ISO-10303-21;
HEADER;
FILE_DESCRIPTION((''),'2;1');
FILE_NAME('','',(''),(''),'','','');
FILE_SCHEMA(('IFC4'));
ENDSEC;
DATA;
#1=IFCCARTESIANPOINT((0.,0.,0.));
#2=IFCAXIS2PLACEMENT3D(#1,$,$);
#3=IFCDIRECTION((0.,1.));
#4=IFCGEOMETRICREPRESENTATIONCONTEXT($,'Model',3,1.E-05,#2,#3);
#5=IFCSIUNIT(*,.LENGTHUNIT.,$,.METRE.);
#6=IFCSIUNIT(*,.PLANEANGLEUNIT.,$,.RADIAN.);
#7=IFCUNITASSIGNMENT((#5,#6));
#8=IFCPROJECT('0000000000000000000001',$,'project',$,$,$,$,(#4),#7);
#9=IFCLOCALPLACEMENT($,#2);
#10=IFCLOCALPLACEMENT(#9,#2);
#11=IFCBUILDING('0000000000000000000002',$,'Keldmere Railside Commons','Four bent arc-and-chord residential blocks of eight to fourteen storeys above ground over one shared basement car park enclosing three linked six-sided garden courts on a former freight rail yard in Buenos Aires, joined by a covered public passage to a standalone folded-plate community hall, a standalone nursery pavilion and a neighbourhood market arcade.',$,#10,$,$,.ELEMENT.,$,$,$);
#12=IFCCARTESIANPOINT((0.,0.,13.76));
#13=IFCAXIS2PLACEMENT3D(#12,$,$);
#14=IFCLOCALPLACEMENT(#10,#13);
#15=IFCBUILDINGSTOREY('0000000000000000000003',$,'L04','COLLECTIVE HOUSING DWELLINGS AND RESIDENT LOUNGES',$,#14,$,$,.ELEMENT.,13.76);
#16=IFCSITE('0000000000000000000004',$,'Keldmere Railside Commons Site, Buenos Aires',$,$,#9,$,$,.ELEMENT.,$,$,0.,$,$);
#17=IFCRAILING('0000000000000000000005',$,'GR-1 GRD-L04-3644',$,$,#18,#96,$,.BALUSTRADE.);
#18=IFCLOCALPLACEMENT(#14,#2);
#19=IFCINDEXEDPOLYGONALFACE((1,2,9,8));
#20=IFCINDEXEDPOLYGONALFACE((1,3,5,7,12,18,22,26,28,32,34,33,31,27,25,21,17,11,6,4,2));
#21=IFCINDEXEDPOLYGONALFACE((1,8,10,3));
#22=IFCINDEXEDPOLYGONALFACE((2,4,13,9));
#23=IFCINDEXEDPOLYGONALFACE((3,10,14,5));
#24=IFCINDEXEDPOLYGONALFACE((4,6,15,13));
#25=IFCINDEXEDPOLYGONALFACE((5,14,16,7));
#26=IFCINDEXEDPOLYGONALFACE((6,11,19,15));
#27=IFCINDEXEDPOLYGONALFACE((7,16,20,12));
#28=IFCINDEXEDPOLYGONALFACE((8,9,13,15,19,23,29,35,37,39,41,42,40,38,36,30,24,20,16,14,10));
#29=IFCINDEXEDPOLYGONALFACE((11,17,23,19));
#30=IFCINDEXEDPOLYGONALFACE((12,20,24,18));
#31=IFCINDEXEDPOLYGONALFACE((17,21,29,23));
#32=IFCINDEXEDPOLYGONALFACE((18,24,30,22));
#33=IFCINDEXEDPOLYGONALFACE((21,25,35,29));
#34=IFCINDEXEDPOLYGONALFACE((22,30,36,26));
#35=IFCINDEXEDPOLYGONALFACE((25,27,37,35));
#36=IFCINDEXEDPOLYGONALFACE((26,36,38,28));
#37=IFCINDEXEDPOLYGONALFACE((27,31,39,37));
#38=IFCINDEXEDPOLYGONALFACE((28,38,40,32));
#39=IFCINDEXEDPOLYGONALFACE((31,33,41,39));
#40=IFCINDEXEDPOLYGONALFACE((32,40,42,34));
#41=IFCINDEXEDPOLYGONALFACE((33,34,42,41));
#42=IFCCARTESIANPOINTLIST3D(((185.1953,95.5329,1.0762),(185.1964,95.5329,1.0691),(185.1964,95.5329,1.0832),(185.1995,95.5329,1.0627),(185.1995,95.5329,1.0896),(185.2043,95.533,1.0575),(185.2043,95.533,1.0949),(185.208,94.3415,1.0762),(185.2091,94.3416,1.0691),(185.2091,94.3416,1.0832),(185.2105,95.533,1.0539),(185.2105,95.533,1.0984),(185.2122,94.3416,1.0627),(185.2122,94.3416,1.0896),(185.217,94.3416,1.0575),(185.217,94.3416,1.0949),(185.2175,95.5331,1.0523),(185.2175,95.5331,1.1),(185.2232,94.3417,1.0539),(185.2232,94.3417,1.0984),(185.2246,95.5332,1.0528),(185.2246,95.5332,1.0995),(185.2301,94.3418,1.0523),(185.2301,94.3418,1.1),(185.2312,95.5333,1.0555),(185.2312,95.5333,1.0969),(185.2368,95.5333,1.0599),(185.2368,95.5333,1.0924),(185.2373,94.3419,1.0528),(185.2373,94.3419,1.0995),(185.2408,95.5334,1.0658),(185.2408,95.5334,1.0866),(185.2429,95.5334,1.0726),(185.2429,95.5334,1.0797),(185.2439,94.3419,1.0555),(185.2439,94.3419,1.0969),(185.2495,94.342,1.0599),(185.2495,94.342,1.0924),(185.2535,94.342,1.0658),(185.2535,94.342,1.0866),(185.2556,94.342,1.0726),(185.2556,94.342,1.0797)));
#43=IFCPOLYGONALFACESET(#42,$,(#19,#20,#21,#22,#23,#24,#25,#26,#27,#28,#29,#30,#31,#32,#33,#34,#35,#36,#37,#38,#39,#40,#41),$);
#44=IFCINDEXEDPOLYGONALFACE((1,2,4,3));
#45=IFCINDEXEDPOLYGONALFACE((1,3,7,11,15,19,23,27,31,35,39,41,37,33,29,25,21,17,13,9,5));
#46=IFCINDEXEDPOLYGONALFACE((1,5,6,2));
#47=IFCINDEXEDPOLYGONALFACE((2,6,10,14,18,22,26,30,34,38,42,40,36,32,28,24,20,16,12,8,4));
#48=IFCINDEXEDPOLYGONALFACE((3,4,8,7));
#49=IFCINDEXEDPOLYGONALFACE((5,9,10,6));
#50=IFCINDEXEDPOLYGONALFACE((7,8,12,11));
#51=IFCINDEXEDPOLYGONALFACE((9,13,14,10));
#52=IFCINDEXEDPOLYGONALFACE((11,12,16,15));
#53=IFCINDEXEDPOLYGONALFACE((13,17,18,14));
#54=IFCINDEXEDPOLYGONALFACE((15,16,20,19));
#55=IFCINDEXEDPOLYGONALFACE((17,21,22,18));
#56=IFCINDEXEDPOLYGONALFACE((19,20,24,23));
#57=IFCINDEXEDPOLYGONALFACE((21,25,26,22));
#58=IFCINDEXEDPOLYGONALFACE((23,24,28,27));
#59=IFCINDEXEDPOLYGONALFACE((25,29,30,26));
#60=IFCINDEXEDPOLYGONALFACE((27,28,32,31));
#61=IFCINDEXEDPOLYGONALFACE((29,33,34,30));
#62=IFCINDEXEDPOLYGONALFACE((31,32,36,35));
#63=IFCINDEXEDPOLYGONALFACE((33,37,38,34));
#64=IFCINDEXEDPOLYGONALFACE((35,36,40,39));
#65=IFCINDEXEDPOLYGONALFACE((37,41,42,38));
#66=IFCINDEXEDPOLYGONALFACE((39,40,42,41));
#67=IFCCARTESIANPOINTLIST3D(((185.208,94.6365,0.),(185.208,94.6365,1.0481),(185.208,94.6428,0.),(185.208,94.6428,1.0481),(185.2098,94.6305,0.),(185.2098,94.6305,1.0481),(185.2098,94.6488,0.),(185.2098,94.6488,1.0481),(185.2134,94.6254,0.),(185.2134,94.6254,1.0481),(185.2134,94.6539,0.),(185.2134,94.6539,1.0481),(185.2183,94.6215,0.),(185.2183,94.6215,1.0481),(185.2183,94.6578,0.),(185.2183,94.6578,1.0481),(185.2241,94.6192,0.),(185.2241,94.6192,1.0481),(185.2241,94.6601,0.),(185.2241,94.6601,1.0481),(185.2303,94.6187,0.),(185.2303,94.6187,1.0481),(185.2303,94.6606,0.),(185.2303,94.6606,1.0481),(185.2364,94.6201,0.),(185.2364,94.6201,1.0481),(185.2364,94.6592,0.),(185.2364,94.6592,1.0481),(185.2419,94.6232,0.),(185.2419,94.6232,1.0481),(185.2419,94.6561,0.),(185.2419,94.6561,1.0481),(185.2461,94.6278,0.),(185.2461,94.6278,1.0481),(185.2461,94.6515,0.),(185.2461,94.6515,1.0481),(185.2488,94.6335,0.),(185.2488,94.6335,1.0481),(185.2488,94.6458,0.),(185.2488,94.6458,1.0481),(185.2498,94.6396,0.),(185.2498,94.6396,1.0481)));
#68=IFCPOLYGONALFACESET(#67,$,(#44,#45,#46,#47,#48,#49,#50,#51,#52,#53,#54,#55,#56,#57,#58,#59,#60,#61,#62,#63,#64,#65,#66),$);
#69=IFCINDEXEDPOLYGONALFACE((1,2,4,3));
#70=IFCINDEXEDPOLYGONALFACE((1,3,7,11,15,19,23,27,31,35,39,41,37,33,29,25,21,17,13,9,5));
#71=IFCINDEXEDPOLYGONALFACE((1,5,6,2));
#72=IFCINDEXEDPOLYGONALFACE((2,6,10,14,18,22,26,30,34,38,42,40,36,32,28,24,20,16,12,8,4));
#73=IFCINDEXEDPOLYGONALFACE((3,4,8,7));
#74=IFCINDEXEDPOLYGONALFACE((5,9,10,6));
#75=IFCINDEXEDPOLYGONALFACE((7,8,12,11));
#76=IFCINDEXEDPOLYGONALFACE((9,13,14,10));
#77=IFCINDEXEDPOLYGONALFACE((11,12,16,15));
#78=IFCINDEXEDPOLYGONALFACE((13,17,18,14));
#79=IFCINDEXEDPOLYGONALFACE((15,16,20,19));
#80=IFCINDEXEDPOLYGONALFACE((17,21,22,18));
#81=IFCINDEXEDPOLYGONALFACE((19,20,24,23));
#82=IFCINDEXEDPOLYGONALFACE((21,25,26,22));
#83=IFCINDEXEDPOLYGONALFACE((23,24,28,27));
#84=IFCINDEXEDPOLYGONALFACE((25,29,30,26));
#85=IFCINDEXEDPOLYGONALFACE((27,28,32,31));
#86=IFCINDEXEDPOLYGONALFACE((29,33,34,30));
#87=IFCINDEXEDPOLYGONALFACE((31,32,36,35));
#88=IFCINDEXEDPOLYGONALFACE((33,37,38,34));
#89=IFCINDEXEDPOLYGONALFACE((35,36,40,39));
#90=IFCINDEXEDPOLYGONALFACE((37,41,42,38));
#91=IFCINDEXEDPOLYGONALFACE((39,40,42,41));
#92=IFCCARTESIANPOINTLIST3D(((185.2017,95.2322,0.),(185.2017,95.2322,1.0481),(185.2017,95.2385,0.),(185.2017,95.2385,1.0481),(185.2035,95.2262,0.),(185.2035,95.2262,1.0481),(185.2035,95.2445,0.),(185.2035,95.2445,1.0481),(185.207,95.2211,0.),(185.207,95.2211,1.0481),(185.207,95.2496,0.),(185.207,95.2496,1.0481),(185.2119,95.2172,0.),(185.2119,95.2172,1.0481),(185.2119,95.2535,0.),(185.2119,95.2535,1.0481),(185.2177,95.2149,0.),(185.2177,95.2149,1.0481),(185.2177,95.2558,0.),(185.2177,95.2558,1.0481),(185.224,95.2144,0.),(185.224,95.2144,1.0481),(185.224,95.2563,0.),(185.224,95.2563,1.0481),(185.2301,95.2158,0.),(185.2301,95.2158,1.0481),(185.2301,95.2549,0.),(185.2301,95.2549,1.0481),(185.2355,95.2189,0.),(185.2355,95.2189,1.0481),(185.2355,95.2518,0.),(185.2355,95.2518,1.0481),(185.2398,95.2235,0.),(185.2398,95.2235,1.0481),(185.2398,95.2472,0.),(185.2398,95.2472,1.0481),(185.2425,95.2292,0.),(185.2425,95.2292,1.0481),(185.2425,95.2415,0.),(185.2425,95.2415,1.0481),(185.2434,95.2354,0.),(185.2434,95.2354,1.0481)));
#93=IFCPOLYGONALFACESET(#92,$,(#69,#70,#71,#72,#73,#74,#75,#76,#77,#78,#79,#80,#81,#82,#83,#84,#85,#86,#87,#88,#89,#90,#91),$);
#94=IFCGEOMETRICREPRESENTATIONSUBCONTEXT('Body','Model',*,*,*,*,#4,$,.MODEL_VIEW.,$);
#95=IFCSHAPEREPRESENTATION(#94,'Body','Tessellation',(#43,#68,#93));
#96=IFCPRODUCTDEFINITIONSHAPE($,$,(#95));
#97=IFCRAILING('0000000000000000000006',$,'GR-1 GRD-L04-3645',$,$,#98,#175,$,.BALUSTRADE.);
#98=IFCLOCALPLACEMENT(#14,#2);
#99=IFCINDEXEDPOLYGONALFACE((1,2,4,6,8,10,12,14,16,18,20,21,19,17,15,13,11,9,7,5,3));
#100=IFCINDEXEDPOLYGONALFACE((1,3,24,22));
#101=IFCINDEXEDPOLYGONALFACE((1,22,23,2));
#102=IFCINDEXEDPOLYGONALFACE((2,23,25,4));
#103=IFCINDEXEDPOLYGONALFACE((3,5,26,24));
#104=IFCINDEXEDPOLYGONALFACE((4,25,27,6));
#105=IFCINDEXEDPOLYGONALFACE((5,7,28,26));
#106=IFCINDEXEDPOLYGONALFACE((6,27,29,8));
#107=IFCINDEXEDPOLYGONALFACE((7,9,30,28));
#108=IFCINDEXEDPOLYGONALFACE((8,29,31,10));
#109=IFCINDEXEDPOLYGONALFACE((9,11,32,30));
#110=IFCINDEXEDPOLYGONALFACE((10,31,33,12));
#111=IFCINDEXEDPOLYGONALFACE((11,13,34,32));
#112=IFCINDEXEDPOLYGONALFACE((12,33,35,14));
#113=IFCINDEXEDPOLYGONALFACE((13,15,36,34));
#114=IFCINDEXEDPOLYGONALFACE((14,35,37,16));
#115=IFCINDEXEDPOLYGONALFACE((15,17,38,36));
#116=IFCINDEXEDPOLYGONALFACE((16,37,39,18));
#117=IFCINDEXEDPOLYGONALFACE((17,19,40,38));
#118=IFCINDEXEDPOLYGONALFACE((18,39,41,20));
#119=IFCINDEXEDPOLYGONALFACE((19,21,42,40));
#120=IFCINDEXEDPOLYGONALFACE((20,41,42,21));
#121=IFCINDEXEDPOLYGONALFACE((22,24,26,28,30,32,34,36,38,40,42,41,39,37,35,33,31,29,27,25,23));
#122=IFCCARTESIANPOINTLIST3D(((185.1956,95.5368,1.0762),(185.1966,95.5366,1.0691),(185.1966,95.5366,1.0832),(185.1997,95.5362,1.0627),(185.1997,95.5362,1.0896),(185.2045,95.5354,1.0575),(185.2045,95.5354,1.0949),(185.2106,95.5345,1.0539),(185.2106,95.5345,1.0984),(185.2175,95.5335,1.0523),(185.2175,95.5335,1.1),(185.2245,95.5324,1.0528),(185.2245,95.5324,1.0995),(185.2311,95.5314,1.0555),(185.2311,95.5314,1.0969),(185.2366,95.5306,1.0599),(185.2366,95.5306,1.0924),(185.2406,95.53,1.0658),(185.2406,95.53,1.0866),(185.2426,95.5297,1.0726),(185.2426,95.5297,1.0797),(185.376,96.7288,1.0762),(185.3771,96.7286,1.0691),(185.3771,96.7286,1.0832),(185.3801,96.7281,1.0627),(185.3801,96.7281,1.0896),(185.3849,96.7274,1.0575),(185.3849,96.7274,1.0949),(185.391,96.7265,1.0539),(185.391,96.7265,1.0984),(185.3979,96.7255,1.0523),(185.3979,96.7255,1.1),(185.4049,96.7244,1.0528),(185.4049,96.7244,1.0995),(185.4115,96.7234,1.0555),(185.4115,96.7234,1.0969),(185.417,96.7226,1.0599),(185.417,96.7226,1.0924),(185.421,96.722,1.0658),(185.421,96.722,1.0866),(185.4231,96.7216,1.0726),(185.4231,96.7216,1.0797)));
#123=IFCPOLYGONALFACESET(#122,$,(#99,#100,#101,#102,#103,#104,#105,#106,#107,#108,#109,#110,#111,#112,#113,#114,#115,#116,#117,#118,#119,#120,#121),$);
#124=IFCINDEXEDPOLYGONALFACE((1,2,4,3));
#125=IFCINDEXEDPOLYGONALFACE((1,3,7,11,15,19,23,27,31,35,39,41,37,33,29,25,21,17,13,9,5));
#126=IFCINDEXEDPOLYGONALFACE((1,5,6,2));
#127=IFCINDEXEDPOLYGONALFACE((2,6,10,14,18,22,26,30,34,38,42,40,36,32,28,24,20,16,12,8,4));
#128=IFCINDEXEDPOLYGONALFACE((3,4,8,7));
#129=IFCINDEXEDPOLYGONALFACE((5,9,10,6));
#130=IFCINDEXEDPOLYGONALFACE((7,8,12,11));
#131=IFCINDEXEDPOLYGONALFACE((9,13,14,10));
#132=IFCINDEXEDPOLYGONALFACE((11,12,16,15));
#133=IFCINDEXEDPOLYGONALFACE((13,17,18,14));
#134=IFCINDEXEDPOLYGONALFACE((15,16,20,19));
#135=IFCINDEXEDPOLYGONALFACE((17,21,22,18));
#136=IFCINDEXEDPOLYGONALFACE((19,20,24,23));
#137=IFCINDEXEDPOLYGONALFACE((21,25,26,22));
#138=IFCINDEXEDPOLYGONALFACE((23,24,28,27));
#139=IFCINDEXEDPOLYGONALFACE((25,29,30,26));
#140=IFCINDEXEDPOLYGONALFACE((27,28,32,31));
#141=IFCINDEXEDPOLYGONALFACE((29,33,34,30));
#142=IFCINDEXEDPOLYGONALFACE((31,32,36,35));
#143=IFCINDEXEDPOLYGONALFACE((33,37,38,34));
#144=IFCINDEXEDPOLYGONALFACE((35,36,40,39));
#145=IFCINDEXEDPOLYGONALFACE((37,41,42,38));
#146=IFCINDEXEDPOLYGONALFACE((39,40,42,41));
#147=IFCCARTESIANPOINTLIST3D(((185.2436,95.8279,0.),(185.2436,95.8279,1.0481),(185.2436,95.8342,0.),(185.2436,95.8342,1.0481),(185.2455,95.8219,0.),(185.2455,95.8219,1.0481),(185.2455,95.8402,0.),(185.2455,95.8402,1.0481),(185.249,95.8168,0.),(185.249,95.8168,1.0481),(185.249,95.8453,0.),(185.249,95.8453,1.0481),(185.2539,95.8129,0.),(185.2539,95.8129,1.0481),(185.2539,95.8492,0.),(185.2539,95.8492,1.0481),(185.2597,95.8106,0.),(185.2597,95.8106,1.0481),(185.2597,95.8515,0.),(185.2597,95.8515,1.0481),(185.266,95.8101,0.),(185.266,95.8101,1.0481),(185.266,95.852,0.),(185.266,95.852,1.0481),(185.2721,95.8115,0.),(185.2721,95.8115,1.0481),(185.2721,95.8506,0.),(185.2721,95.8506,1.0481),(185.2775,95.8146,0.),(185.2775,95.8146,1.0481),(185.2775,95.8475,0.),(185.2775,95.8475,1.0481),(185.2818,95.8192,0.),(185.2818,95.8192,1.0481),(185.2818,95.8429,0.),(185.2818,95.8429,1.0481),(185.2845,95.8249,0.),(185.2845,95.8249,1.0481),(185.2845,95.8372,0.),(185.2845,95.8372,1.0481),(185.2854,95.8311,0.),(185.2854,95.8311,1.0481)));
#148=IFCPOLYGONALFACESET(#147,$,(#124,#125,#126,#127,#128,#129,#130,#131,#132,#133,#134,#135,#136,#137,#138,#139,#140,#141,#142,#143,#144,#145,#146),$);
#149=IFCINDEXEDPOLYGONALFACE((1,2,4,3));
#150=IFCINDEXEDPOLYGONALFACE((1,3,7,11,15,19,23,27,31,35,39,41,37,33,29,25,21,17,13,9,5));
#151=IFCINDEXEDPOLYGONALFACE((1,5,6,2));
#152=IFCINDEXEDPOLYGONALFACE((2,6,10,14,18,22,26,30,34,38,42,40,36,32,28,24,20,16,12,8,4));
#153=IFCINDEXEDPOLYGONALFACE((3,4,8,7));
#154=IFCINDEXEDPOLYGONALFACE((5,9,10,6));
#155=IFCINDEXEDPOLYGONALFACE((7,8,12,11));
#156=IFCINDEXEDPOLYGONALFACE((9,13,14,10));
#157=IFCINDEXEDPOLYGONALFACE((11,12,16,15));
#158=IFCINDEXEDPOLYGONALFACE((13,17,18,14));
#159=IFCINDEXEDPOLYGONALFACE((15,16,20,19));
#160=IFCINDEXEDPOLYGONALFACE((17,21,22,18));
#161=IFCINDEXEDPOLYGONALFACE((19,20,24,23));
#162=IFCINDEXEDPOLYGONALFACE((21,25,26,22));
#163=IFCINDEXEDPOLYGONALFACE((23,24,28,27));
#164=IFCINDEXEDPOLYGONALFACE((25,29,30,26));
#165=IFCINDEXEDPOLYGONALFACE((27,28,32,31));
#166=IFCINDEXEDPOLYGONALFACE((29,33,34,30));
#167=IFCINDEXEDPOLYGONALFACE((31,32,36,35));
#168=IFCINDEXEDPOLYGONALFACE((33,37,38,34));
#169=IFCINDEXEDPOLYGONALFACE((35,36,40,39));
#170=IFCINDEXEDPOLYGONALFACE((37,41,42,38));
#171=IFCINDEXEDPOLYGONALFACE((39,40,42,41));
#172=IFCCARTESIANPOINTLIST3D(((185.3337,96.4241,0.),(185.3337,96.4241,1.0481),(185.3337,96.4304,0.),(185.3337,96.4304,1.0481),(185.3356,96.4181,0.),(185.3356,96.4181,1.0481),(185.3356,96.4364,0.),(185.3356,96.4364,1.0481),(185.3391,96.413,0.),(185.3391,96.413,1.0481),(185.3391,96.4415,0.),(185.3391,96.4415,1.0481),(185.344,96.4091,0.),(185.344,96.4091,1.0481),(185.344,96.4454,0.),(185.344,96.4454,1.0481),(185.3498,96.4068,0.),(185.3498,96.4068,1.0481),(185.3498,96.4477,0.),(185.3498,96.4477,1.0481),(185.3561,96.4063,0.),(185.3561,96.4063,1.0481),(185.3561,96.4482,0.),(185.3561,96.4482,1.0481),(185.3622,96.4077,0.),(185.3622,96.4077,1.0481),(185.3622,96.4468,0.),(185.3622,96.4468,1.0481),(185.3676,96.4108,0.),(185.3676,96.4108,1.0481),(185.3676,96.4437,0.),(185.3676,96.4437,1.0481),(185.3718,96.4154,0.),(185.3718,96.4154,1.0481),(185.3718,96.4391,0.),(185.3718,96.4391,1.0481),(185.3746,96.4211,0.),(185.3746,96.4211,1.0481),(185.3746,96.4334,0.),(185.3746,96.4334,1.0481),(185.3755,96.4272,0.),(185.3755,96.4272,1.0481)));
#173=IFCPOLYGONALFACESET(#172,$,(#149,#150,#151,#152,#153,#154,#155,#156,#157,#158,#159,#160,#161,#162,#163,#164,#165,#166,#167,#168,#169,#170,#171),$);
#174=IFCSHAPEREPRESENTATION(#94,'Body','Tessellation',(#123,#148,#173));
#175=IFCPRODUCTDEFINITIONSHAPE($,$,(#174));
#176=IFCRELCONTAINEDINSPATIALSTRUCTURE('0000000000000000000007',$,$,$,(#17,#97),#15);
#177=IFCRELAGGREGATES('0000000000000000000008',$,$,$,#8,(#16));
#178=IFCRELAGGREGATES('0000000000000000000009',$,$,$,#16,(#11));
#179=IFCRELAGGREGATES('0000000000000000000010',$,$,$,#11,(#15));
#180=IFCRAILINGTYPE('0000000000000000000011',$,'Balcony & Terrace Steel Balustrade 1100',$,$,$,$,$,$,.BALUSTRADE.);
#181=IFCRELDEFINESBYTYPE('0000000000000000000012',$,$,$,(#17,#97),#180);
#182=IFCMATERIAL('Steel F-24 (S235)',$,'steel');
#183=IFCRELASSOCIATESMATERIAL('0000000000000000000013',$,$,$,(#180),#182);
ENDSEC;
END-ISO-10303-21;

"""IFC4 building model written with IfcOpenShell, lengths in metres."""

from ifc_helpers import new_model, si_unit, direction, frame, origin, origin_2d, place, context, subcontext, project, spatial, circle, extrude, material, type_object, element, save


model = new_model("IFC4")

# Units and contexts
model_context = context("Model", 3, precision=1e-05, world=origin(), true_north=direction((0.0, 1.0)))
body_context = subcontext(model_context, "Body", "Model", "MODEL_VIEW")
ifc_project = project(units=[si_unit("LENGTHUNIT", "METRE"), si_unit("PLANEANGLEUNIT", "RADIAN")], contexts=[model_context])

# Site, building, storey
site_placement = place(None, origin())
site = spatial("IfcSite", under=ifc_project, at=site_placement, Name="Keldmere Railside Commons Site, Buenos Aires", CompositionType="ELEMENT", RefElevation=0.0)
building_placement = place(site_placement, origin())
building = spatial("IfcBuilding", under=site, at=building_placement, Name="Keldmere Railside Commons", Description="Four bent arc-and-chord residential blocks of eight to fourteen storeys above ground over one shared basement car park enclosing three linked six-sided garden courts on a former freight rail yard in Buenos Aires, joined by a covered public passage to a standalone folded-plate community hall, a standalone nursery pavilion and a neighbourhood market arcade.", CompositionType="ELEMENT")
storey_placement = place(building_placement, frame((0.0, 0.0, 13.76)))
storey = spatial("IfcBuildingStorey", under=building, at=storey_placement, Name="L04", Description="COLLECTIVE HOUSING DWELLINGS AND RESIDENT LOUNGES", CompositionType="ELEMENT", Elevation=13.76)

# Railings
ifc_material_1 = material(Name="Steel F-24 (S235)", Category="steel")
railing_type = type_object("IfcRailingType", Name="Balcony & Terrace Steel Balustrade 1100", PredefinedType="BALUSTRADE", material=ifc_material_1)
railing_1_placement = place(storey_placement, frame((185.2319, 94.3418, 0.0)))
element("IfcRailing", 1, at=railing_1_placement, inside=storey, type_object=railing_type, Name="GR-1 GRD-L04-3644", PredefinedType="BALUSTRADE", context=body_context, shape_type="SweptSolid", body=[
    extrude(circle(Radius=0.0239, at=origin_2d()), frame((0.0, 0.0, 1.0762), z_axis=(-0.010655, 0.999943, 0.0), x_axis=(-0.999943, -0.010655, 0.0)), (0.0, 0.0, 1.0), 1.1914),
    extrude(circle(Radius=0.021, at=origin_2d()), frame((-0.0032, 0.2979, 0.0)), (0.0, 0.0, 1.0), 1.0481),
    extrude(circle(Radius=0.021, at=origin_2d()), frame((-0.0095, 0.8936, 0.0)), (0.0, 0.0, 1.0), 1.0481),
])
railing_2_placement = place(storey_placement, frame((185.2192, 95.5332, 0.0)))
element("IfcRailing", 2, at=railing_2_placement, inside=storey, type_object=railing_type, Name="GR-1 GRD-L04-3645", PredefinedType="BALUSTRADE", context=body_context, shape_type="SweptSolid", body=[
    extrude(circle(Radius=0.0239, at=origin_2d()), frame((0.0, 0.0, 1.0762), z_axis=(0.149667, 0.988736, 0.0), x_axis=(-0.988736, 0.149667, 0.0)), (0.0, 0.0, 1.0), 1.2056),
    extrude(circle(Radius=0.021, at=origin_2d()), frame((0.0452, 0.2979, 0.0)), (0.0, 0.0, 1.0), 1.0481),
    extrude(circle(Radius=0.021, at=origin_2d()), frame((0.1353, 0.894, 0.0)), (0.0, 0.0, 1.0), 1.0481),
])

save(model, "model.ifc")
